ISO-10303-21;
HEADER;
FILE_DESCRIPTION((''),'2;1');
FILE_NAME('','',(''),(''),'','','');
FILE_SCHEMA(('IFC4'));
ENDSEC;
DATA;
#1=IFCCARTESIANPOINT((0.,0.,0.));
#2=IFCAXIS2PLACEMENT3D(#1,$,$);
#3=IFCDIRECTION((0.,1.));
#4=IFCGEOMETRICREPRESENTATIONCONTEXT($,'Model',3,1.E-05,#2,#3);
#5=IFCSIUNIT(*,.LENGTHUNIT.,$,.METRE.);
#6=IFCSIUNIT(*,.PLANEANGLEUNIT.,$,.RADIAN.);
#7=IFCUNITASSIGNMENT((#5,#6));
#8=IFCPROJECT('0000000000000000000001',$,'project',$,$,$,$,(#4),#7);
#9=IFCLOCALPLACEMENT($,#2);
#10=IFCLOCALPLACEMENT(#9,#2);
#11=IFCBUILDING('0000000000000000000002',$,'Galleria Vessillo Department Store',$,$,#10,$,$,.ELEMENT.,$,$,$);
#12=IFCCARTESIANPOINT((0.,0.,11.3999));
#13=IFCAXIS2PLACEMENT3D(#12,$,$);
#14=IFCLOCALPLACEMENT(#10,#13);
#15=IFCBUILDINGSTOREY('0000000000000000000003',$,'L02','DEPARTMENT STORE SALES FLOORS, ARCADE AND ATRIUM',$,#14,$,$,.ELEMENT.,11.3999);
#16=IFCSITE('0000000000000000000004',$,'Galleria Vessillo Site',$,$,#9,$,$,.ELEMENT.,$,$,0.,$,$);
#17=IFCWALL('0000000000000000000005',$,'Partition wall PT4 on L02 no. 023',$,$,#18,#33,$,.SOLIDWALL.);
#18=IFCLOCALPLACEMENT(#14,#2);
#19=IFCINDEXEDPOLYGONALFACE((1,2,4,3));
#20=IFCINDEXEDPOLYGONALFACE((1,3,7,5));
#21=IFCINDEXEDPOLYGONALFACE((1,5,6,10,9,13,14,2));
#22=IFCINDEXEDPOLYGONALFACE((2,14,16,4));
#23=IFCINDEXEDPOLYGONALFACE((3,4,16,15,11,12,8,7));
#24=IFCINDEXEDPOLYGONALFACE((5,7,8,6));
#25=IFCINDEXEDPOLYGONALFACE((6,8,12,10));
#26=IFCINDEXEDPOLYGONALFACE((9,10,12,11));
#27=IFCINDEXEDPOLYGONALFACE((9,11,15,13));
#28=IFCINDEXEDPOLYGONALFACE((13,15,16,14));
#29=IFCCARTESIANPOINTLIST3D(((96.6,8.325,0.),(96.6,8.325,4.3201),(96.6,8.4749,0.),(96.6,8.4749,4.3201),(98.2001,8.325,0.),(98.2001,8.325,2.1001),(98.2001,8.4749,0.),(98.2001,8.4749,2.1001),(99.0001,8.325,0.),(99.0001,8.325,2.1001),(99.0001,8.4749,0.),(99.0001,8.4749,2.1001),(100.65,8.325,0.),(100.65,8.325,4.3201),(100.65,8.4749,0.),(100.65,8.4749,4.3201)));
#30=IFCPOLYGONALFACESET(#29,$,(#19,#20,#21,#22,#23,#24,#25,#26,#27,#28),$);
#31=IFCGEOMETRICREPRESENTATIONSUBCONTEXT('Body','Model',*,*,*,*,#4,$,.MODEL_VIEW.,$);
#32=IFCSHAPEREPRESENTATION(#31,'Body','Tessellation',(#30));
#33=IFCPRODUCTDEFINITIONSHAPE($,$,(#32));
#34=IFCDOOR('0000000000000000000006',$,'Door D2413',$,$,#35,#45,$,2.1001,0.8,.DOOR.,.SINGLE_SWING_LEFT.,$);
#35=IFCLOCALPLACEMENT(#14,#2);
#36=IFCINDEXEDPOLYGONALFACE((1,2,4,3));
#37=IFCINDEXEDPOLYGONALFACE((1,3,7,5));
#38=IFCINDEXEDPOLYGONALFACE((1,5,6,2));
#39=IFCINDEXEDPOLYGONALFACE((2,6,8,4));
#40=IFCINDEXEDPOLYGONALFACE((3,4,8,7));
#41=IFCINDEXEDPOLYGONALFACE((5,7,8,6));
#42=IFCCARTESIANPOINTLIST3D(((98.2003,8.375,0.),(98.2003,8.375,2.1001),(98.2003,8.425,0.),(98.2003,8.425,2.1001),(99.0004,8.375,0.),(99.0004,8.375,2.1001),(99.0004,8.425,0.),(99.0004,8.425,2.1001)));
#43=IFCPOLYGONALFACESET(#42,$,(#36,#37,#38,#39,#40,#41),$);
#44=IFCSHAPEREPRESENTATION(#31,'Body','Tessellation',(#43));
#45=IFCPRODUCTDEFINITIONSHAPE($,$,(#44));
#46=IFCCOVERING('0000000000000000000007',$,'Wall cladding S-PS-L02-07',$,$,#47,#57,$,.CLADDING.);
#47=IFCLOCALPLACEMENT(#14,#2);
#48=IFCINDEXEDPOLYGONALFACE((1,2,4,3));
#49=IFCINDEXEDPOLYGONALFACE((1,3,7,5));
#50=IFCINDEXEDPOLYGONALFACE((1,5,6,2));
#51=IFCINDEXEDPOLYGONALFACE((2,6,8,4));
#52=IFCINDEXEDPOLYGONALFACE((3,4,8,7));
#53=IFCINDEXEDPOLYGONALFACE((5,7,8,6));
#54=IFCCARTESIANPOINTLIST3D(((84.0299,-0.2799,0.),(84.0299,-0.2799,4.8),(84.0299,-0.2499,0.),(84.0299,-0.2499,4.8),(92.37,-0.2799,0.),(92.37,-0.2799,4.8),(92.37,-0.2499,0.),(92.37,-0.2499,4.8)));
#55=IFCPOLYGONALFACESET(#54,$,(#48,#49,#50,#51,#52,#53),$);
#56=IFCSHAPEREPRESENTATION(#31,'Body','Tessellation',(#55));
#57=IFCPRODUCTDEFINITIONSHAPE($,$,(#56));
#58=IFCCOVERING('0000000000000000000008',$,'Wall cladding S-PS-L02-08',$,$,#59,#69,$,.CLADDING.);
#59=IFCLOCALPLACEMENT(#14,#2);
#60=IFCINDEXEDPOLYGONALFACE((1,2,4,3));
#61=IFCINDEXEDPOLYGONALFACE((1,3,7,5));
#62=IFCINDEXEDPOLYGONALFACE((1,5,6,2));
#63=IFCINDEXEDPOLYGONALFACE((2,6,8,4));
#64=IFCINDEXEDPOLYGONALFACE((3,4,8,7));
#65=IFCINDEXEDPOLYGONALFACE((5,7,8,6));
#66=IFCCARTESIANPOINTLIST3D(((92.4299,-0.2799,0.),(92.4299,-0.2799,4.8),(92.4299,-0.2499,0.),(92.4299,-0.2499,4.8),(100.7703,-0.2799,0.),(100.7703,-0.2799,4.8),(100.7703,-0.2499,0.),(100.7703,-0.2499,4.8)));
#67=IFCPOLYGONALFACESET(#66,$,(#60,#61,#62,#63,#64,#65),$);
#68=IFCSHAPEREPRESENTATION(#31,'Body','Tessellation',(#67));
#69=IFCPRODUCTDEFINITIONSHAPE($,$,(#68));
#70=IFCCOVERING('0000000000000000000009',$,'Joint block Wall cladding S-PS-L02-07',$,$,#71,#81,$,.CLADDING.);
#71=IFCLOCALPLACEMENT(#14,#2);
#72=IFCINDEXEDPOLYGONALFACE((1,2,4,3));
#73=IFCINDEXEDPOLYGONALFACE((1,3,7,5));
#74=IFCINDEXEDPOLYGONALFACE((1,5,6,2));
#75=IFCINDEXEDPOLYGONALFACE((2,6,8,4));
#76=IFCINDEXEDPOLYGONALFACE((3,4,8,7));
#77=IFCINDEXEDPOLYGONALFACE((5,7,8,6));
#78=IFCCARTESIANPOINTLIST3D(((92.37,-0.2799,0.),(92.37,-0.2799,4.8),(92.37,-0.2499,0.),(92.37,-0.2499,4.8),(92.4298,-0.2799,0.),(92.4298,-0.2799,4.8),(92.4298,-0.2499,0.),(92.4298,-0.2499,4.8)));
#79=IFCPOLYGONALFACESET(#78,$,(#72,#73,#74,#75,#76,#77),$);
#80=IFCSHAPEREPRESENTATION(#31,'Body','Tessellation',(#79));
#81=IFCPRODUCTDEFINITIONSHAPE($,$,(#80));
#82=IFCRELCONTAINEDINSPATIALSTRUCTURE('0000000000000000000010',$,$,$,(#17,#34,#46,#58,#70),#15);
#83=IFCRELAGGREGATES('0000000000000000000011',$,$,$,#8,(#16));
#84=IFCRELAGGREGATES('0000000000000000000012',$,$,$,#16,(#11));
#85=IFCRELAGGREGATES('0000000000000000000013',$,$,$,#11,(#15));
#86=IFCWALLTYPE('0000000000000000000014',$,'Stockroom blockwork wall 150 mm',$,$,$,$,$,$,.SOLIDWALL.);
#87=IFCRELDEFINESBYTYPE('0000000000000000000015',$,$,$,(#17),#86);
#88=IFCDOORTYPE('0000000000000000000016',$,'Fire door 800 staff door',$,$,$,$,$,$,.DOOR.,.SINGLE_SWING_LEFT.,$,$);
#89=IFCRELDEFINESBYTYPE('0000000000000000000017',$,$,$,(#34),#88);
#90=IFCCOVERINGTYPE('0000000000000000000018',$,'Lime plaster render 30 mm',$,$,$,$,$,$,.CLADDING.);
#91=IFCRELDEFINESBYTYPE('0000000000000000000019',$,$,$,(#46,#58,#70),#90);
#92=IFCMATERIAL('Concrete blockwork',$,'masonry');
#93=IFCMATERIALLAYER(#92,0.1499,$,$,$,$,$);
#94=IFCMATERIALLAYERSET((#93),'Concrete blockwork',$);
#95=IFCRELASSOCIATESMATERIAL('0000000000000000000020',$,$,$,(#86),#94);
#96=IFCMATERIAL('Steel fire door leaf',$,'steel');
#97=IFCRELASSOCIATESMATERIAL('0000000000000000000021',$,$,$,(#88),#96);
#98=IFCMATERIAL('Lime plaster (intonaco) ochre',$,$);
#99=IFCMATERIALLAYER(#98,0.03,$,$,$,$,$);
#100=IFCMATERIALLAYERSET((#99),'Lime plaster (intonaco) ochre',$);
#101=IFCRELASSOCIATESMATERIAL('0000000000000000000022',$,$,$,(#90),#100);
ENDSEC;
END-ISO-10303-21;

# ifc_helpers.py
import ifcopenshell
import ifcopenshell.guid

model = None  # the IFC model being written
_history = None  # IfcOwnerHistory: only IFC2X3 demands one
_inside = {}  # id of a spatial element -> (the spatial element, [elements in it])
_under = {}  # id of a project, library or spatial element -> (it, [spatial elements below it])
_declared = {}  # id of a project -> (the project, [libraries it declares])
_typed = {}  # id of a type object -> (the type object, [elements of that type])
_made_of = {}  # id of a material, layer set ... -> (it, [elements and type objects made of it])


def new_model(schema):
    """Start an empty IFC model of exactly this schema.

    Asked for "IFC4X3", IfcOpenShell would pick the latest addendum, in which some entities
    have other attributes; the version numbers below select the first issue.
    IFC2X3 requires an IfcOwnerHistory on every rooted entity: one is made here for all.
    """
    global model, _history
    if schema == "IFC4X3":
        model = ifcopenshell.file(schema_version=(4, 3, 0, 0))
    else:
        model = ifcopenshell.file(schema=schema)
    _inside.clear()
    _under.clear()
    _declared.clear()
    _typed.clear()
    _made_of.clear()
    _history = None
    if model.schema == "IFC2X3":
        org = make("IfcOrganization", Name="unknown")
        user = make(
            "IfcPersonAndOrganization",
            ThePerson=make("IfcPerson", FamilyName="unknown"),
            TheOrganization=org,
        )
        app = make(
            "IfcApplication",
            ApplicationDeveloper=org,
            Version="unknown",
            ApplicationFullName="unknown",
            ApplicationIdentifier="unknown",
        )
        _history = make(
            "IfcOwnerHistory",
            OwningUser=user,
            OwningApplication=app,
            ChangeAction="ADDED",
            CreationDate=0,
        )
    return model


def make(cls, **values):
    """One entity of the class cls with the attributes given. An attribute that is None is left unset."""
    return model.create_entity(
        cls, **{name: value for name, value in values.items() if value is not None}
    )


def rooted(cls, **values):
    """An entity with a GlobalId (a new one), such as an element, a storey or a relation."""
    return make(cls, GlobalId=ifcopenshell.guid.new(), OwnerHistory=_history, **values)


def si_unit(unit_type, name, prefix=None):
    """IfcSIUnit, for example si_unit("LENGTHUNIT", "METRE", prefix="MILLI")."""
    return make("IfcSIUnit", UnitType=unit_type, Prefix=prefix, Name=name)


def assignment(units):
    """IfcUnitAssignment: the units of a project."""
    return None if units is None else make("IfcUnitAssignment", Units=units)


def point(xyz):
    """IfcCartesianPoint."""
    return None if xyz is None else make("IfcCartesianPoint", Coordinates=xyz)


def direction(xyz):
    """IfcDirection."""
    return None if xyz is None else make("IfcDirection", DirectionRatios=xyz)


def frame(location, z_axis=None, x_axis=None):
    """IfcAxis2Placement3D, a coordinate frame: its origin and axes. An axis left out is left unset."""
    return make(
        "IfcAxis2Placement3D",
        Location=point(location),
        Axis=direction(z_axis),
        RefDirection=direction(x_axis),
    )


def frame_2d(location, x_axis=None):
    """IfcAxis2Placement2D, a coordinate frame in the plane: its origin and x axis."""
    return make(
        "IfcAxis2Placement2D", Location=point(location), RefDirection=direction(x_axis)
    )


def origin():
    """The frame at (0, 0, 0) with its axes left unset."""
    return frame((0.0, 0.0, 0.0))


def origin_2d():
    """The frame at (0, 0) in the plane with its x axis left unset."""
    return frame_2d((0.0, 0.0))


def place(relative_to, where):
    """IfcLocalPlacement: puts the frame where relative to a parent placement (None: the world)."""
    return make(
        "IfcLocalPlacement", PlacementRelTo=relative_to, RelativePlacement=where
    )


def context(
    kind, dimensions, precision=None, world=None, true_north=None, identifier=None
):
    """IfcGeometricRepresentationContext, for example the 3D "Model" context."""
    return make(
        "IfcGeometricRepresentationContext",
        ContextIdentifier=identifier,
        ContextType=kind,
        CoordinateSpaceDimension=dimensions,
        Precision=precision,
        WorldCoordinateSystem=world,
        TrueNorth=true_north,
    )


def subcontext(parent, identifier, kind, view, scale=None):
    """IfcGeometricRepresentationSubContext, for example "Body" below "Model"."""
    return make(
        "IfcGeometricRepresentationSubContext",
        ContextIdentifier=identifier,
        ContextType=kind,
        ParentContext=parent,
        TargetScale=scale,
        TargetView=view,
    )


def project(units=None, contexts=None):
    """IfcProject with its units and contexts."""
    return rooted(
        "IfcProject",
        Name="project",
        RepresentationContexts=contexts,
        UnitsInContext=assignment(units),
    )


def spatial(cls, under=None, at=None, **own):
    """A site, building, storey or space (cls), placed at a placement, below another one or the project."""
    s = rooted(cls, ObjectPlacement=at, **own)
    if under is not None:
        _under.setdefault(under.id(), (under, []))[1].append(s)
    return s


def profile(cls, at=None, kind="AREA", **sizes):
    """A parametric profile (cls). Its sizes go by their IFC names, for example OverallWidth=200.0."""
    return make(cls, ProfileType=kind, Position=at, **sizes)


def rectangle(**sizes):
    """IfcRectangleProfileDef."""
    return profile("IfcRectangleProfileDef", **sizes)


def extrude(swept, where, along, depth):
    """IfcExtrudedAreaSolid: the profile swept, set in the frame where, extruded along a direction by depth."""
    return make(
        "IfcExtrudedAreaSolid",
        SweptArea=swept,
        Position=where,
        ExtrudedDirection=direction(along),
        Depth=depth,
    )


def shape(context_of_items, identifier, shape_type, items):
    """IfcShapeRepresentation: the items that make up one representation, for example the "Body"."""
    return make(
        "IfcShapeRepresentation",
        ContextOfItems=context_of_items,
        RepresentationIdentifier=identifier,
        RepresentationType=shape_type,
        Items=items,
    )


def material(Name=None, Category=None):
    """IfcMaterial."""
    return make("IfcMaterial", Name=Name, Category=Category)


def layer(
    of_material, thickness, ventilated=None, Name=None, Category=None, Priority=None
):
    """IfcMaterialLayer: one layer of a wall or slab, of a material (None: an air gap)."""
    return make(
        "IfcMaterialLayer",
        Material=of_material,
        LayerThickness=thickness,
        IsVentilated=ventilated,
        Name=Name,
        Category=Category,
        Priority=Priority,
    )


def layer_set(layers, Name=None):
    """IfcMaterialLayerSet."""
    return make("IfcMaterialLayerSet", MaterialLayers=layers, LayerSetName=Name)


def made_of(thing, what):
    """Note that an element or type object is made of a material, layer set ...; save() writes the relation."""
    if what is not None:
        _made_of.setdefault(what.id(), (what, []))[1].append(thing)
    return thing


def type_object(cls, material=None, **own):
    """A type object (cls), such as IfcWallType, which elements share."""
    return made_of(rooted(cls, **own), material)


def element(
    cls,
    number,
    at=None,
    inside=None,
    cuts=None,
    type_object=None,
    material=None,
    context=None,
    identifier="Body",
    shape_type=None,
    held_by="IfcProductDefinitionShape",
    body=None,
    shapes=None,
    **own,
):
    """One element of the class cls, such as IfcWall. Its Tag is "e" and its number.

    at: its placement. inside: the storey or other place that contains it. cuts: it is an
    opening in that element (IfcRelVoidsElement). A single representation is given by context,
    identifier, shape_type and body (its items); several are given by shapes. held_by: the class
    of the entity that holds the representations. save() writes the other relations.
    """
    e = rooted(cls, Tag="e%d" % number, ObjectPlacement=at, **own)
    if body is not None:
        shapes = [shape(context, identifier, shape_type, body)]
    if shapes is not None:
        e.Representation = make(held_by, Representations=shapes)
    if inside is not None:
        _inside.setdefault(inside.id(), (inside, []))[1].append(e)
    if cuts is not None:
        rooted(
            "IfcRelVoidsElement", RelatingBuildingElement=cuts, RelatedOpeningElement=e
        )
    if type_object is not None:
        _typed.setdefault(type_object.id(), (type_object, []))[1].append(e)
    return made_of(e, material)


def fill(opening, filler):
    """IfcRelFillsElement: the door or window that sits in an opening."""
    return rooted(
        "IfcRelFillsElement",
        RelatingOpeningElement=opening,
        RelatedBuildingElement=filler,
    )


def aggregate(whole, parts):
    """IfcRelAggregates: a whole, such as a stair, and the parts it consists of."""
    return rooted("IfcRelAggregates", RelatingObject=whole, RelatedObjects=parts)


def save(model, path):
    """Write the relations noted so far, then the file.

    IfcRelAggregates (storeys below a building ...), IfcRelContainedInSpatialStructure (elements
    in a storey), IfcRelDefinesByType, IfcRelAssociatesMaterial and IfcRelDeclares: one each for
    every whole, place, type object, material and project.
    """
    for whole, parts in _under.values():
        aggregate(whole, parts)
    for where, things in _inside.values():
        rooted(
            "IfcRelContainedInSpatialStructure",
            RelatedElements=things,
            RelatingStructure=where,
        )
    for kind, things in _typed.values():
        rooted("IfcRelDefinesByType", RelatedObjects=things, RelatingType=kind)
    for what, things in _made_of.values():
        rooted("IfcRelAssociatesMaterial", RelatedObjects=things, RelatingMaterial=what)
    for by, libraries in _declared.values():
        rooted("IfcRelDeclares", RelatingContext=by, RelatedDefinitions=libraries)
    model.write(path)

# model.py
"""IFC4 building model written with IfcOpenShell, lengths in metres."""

from ifc_helpers import new_model, si_unit, direction, frame, frame_2d, origin, origin_2d, place, context, subcontext, project, spatial, rectangle, extrude, material, layer, layer_set, type_object, element, fill, save


model = new_model("IFC4")

# Units and contexts
model_context = context("Model", 3, precision=1e-05, world=origin(), true_north=direction((0.0, 1.0)))
body_context = subcontext(model_context, "Body", "Model", "MODEL_VIEW")
ifc_project = project(units=[si_unit("LENGTHUNIT", "METRE"), si_unit("PLANEANGLEUNIT", "RADIAN")], contexts=[model_context])

# Site, building, storey
site_placement = place(None, origin())
site = spatial("IfcSite", under=ifc_project, at=site_placement, Name="Galleria Vessillo Site", CompositionType="ELEMENT", RefElevation=0.0)
building_placement = place(site_placement, origin())
building = spatial("IfcBuilding", under=site, at=building_placement, Name="Galleria Vessillo Department Store", CompositionType="ELEMENT")
storey_placement = place(building_placement, frame((0.0, 0.0, 11.3999)))
storey = spatial("IfcBuildingStorey", under=building, at=storey_placement, Name="L02", Description="DEPARTMENT STORE SALES FLOORS, ARCADE AND ATRIUM", CompositionType="ELEMENT", Elevation=11.3999)

# Shared definitions
ifc_material_1 = material(Name="Concrete blockwork", Category="masonry")
ifc_layer_1 = layer(ifc_material_1, 0.1499)
ifc_layer_set_1 = layer_set([ifc_layer_1], Name="Concrete blockwork")
wall_type_1 = type_object("IfcWallType", Name="Stockroom blockwork wall 150 mm", PredefinedType="SOLIDWALL", material=ifc_layer_set_1)

# Wall, opening, door
wall_1_placement = place(storey_placement, frame((96.6001, 8.3999, 0.0), z_axis=(0.0, 0.0, 1.0), x_axis=(1.0, 0.0, 0.0)))
wall_1 = element("IfcWall", 1, at=wall_1_placement, inside=storey, type_object=wall_type_1, Name="Partition wall PT4 on L02 no. 023", PredefinedType="SOLIDWALL", context=body_context, shape_type="SweptSolid", body=[
    extrude(rectangle(XDim=4.05, YDim=0.1499, at=frame_2d((2.0249, 0.0))), origin(), (0.0, 0.0, 1.0), 4.3201),
])
opening_1_placement = place(wall_1_placement, frame((1.6001, 0.0, 0.0)))
opening_1 = element("IfcOpeningElement", 2, at=opening_1_placement, cuts=wall_1, PredefinedType="OPENING", context=body_context, shape_type="SweptSolid", body=[
    extrude(rectangle(XDim=0.8, YDim=2.1001, at=frame_2d((0.3999, 1.05))), frame((0.0, 0.085, 0.0), z_axis=(0.0, -1.0, 0.0), x_axis=(1.0, 0.0, 0.0)), (0.0, 0.0, 1.0), 0.1699),
])
ifc_material_2 = material(Name="Steel fire door leaf", Category="steel")
door_type_1 = type_object("IfcDoorType", Name="Fire door 800 staff door", OperationType="SINGLE_SWING_LEFT", PredefinedType="DOOR", material=ifc_material_2)
door_1_placement = place(opening_1_placement, frame((0.8, 0.0, 0.0), z_axis=(0.0, 0.0, 1.0), x_axis=(-1.0, 0.0, 0.0)))
door_1 = element("IfcDoor", 3, at=door_1_placement, inside=storey, type_object=door_type_1, Name="Door D2413", OperationType="SINGLE_SWING_LEFT", OverallHeight=2.1001, OverallWidth=0.8, PredefinedType="DOOR", context=body_context, shape_type="SweptSolid", body=[
    extrude(rectangle(XDim=0.8, YDim=2.1001, at=frame_2d((0.3999, 1.05))), frame((0.0, 0.0249, 0.0), z_axis=(0.0, -1.0, 0.0), x_axis=(1.0, 0.0, 0.0)), (0.0, 0.0, 1.0), 0.05),
])
fill(opening_1, door_1)

# Coverings
ifc_material_3 = material(Name="Lime plaster (intonaco) ochre")
ifc_layer_2 = layer(ifc_material_3, 0.03)
ifc_layer_set_2 = layer_set([ifc_layer_2], Name="Lime plaster (intonaco) ochre")
covering_type = type_object("IfcCoveringType", Name="Lime plaster render 30 mm", PredefinedType="CLADDING", material=ifc_layer_set_2)
covering_1_placement = place(storey_placement, frame((88.2, -0.2649, 0.0), z_axis=(0.0, 0.0, 1.0), x_axis=(1.0, 0.0, 0.0)))
element("IfcCovering", 4, at=covering_1_placement, inside=storey, type_object=covering_type, Name="Wall cladding S-PS-L02-07", PredefinedType="CLADDING", context=body_context, shape_type="SweptSolid", body=[
    extrude(rectangle(XDim=8.3401, YDim=0.03, at=origin_2d()), origin(), (0.0, 0.0, 1.0), 4.8),
])
covering_2_placement = place(storey_placement, frame((96.6001, -0.2649, 0.0), z_axis=(0.0, 0.0, 1.0), x_axis=(1.0, 0.0, 0.0)))
element("IfcCovering", 5, at=covering_2_placement, inside=storey, type_object=covering_type, Name="Wall cladding S-PS-L02-08", PredefinedType="CLADDING", context=body_context, shape_type="SweptSolid", body=[
    extrude(rectangle(XDim=8.3403, YDim=0.03, at=origin_2d()), origin(), (0.0, 0.0, 1.0), 4.8),
])
covering_3_placement = place(storey_placement, frame((92.3999, -0.2649, 0.0), z_axis=(0.0, 0.0, 1.0), x_axis=(1.0, 0.0, 0.0)))
element("IfcCovering", 6, at=covering_3_placement, inside=storey, type_object=covering_type, Name="Joint block Wall cladding S-PS-L02-07", PredefinedType="CLADDING", context=body_context, shape_type="SweptSolid", body=[
    extrude(rectangle(XDim=0.0598, YDim=0.03, at=origin_2d()), origin(), (0.0, 0.0, 1.0), 4.8),
])

save(model, "model.ifc")
